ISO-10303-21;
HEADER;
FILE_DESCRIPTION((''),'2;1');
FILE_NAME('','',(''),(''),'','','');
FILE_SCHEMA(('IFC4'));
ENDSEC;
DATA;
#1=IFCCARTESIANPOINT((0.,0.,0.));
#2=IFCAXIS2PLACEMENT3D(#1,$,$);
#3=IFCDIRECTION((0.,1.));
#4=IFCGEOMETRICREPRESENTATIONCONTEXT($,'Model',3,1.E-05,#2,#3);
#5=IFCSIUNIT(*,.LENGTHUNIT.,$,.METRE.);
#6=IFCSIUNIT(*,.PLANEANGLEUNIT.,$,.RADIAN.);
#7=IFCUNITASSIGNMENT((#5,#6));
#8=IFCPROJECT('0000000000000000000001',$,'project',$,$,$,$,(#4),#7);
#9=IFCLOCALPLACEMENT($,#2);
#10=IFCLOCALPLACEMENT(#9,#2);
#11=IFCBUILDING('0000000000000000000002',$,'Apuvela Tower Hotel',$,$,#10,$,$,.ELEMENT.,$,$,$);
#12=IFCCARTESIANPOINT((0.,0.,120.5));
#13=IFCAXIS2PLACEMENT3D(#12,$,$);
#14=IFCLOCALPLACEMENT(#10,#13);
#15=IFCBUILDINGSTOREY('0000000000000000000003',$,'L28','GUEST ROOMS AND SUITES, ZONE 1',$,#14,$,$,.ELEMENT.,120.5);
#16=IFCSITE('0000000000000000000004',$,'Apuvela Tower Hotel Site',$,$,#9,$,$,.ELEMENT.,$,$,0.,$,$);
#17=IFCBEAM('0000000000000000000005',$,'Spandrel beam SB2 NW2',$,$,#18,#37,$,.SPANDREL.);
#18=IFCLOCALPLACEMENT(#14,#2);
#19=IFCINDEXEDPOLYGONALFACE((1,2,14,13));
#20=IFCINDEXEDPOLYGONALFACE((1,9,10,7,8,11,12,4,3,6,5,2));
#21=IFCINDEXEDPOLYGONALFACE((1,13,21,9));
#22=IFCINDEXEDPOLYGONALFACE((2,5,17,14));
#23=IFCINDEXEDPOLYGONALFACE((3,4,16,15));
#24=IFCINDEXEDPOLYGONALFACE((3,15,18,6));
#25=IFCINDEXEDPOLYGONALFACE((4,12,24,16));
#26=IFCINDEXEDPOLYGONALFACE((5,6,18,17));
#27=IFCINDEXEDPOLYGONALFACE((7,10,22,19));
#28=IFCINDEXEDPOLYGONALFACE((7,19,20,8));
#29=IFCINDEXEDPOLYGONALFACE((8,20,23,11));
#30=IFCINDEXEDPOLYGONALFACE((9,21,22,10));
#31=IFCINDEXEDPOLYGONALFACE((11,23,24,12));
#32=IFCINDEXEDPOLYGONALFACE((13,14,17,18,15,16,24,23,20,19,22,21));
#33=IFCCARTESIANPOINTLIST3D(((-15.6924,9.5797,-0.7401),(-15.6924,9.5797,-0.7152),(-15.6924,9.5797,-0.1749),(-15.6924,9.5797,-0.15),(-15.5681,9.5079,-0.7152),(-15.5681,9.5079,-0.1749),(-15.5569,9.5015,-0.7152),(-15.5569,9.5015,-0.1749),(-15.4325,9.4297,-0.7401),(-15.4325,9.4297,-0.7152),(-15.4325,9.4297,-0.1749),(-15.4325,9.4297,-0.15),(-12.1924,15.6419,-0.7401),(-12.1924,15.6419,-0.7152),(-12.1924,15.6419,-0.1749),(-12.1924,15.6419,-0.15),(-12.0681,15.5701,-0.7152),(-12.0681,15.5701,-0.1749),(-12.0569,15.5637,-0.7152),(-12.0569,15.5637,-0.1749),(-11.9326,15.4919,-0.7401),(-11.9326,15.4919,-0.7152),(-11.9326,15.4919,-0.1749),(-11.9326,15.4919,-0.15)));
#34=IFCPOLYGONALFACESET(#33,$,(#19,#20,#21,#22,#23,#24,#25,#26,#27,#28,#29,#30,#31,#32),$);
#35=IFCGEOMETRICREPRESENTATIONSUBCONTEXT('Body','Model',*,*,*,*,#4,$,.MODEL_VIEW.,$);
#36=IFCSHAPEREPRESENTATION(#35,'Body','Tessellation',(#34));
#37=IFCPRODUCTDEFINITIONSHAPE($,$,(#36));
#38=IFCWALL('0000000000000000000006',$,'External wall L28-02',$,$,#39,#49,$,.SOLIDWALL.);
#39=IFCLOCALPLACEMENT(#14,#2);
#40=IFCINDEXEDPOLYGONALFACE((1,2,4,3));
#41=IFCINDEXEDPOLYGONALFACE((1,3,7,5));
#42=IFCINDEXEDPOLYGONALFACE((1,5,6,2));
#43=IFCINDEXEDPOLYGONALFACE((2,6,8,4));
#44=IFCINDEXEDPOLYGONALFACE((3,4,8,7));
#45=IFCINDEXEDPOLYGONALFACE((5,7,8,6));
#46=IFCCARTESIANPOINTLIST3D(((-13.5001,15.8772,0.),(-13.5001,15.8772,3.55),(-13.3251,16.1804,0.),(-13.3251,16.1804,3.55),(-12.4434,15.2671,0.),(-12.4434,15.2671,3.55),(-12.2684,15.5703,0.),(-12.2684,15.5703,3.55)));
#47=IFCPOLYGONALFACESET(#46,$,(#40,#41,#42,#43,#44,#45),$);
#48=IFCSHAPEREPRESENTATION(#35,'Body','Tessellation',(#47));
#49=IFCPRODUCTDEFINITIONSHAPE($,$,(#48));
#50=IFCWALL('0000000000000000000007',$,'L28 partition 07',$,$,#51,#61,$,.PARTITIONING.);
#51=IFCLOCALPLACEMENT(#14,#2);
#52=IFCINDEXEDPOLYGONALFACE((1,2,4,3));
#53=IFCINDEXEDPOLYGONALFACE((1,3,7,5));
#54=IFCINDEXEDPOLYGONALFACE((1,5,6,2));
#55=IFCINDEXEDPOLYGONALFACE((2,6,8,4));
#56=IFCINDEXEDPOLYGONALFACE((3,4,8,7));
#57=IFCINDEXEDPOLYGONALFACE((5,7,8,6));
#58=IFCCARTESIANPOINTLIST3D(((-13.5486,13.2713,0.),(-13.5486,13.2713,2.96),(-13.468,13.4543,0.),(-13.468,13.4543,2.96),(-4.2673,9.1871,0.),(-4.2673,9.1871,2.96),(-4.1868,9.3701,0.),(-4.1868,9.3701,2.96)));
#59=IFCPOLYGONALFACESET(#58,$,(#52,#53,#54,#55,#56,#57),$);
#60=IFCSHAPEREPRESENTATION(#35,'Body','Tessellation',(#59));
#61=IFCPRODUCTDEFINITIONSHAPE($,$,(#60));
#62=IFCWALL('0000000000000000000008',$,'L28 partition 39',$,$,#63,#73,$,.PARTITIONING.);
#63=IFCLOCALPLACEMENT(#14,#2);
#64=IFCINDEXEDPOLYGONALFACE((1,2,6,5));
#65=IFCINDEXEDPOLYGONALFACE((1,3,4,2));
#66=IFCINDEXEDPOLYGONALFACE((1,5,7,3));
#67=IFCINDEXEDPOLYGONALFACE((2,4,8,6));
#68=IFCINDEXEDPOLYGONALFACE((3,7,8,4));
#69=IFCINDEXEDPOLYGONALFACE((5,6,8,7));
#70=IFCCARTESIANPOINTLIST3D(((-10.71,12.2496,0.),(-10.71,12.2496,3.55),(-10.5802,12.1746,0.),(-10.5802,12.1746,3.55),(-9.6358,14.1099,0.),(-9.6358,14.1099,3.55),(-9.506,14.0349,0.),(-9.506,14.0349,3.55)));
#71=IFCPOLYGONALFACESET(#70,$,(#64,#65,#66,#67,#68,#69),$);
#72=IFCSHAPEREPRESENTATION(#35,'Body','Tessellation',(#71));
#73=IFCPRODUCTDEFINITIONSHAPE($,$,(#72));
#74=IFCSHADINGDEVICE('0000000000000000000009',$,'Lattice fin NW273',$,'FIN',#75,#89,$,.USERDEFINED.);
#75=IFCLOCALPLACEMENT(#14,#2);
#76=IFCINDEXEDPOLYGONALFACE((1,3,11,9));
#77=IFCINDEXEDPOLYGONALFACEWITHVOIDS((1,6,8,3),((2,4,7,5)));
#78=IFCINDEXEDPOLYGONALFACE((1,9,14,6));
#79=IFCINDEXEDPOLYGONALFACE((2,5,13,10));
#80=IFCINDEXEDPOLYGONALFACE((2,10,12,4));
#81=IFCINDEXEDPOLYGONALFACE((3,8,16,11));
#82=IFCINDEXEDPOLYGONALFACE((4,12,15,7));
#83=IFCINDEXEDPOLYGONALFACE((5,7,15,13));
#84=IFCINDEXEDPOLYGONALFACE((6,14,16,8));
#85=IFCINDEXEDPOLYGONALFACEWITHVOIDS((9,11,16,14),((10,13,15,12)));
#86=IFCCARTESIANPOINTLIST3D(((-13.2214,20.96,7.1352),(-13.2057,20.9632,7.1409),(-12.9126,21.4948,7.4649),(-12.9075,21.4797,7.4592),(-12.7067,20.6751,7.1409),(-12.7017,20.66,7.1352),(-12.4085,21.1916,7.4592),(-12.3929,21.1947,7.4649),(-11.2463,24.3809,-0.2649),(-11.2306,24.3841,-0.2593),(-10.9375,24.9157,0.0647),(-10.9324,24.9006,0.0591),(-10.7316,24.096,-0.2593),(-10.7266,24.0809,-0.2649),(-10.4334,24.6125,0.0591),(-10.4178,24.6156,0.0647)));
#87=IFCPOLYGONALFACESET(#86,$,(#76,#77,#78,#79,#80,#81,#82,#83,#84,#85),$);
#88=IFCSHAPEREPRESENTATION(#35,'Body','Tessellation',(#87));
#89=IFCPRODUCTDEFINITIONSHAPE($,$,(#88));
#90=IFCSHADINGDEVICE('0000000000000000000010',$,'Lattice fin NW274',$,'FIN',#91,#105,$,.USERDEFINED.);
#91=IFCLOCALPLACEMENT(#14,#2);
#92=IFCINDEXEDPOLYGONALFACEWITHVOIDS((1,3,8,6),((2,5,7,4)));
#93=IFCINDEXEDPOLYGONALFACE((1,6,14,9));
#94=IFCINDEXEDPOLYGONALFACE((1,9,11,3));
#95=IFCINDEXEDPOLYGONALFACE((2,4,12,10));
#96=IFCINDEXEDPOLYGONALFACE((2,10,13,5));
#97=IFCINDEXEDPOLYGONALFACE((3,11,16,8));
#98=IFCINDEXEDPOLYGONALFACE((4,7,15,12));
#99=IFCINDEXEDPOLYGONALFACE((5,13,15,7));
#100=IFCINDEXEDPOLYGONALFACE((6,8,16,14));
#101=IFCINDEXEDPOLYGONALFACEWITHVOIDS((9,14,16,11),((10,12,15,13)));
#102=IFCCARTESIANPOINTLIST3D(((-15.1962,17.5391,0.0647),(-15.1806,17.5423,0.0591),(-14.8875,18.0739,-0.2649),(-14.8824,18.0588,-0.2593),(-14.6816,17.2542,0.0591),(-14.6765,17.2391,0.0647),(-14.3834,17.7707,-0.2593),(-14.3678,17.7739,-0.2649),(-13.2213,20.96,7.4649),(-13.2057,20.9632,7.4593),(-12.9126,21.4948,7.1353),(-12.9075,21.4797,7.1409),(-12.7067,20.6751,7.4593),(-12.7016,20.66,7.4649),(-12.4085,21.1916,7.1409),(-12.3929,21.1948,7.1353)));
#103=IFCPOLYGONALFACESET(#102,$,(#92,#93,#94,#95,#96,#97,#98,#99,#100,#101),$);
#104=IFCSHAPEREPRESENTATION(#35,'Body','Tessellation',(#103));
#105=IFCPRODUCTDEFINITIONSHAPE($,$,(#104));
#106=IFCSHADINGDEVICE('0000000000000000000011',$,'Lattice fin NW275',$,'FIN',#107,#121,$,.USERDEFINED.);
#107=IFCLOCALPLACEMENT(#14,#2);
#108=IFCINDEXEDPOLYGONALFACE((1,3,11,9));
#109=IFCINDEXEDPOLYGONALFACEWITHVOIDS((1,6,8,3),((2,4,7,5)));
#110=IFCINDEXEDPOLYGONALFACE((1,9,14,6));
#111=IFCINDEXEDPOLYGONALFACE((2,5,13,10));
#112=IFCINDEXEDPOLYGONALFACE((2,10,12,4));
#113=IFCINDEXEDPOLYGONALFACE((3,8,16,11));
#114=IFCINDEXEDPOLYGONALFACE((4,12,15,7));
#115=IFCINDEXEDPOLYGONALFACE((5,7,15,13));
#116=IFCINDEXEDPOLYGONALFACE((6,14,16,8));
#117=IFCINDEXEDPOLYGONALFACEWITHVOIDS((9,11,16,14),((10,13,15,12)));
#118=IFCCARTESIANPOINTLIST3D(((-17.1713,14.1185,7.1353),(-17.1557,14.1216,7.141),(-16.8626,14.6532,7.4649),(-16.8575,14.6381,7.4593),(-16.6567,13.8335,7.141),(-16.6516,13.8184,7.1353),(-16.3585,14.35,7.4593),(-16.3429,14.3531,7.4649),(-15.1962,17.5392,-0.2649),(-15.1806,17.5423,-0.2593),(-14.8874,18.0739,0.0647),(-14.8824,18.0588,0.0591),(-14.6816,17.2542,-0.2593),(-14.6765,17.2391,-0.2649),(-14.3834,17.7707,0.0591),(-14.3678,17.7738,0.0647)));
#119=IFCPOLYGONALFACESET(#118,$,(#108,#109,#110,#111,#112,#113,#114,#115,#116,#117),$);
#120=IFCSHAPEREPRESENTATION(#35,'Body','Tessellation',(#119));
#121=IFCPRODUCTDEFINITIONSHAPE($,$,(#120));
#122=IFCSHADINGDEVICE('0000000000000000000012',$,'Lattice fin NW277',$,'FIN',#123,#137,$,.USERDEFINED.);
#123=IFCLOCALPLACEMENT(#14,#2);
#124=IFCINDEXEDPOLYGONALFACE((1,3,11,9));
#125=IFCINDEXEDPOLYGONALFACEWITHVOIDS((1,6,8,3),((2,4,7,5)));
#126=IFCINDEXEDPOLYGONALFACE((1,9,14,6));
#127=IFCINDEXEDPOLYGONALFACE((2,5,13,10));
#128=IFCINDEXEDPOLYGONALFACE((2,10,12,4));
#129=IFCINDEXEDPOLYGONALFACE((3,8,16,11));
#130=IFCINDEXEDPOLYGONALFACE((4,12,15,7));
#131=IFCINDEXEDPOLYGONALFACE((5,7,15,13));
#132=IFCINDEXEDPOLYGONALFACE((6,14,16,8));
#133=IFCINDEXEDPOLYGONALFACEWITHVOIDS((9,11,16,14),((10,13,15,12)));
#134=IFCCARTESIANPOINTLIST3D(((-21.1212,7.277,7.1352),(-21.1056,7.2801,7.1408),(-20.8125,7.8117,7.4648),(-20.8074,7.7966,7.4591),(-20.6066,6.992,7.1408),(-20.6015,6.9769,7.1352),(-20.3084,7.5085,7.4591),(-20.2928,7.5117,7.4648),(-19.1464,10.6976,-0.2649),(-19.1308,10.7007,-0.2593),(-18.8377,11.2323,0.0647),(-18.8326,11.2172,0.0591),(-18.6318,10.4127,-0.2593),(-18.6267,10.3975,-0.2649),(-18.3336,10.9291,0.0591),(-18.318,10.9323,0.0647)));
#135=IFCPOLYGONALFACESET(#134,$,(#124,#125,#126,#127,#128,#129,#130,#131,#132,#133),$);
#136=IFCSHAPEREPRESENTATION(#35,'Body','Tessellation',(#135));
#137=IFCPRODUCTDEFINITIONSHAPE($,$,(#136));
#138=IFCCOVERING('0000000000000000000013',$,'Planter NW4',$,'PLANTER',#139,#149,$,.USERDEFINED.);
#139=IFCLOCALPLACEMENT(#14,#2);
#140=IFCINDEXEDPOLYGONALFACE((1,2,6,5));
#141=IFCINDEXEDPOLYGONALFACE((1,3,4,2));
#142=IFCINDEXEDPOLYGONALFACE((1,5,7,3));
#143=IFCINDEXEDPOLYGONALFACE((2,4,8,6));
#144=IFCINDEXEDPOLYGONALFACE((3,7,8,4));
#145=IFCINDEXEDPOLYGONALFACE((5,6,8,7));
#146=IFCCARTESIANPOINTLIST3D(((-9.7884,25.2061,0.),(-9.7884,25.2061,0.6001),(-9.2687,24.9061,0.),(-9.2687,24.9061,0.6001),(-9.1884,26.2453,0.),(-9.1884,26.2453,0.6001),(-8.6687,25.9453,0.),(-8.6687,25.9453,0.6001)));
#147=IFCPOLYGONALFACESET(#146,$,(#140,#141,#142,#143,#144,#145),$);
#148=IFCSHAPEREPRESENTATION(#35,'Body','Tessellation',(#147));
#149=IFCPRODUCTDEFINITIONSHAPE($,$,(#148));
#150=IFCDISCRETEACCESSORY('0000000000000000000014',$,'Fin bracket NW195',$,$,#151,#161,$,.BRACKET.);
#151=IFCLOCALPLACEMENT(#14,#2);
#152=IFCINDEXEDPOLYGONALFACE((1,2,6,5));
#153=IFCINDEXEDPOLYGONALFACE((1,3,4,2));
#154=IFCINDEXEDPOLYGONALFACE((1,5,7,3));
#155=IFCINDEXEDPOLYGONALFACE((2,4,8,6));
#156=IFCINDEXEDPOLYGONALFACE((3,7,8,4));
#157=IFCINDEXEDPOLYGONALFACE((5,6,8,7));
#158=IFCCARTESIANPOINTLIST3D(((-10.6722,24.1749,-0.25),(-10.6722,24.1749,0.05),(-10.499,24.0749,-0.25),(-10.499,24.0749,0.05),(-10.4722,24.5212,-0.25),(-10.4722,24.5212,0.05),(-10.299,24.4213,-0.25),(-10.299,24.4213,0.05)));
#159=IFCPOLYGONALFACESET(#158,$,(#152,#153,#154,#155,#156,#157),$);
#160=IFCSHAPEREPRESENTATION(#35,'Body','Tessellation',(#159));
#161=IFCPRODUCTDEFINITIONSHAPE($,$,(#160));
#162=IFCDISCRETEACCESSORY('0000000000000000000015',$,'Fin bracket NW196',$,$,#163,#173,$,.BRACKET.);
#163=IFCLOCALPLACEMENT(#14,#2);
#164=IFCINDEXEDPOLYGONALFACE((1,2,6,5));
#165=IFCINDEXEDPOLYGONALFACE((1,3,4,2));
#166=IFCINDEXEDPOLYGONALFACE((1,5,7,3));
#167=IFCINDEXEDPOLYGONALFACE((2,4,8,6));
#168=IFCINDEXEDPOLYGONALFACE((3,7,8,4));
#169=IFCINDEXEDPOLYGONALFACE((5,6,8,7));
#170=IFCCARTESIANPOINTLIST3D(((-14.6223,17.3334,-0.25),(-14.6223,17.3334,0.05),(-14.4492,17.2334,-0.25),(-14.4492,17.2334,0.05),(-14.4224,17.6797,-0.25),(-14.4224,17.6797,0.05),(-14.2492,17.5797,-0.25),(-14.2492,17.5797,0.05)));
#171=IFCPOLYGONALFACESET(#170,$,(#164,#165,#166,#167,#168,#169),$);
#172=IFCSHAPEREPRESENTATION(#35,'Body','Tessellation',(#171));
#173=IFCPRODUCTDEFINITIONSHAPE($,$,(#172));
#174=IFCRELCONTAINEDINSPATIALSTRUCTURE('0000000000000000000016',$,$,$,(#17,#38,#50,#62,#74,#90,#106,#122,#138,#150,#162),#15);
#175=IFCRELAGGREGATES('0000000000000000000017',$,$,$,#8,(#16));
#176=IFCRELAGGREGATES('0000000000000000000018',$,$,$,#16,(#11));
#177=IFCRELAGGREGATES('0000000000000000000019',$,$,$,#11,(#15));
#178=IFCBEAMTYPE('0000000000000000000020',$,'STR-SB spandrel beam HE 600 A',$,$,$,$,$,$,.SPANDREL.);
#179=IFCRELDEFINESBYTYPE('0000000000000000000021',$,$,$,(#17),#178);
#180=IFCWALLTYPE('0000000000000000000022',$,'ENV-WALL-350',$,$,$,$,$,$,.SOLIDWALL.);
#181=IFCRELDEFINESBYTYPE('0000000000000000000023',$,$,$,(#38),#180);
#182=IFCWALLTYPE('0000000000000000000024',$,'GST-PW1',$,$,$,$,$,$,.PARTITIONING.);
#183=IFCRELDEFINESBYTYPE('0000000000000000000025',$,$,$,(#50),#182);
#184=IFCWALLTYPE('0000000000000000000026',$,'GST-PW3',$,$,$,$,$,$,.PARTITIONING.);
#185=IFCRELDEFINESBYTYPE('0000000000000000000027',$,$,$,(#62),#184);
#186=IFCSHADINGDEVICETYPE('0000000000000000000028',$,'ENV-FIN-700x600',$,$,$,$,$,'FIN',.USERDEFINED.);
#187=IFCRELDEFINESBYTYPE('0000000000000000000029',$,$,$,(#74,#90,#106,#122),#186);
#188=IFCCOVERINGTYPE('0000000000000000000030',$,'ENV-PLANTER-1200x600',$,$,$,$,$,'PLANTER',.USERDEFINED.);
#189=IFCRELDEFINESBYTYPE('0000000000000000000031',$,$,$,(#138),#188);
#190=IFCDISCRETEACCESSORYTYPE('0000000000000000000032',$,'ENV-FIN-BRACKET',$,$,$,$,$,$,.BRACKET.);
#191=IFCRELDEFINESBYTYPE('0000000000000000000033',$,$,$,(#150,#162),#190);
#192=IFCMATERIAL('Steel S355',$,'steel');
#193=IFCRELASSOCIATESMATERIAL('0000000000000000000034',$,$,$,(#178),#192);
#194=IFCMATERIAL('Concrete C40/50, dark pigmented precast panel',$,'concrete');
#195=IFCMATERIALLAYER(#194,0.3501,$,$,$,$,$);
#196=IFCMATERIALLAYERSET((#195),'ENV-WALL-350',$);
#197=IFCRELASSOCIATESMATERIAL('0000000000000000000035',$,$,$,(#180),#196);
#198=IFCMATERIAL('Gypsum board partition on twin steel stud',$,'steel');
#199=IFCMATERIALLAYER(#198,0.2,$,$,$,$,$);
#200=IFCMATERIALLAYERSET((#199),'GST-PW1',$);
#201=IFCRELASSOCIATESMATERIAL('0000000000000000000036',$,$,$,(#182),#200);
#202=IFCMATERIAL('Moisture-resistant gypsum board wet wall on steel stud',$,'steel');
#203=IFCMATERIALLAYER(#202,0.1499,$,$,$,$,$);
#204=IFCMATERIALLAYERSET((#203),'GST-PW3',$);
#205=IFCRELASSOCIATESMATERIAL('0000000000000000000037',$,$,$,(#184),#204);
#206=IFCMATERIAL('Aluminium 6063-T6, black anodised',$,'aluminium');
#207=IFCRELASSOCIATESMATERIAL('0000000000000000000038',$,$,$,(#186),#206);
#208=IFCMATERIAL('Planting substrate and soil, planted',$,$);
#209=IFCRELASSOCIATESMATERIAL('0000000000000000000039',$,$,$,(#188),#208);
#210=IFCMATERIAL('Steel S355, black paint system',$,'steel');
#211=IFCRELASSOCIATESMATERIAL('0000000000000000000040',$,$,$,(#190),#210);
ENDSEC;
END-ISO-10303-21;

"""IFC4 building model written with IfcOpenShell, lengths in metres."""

from ifc_helpers import new_model, si_unit, direction, frame, frame_2d, origin, origin_2d, place, context, subcontext, project, spatial, rectangle, hollow_rectangle, i_section, extrude, material, layer, layer_set, material_profile, profile_set, type_object, element, save


model = new_model("IFC4")

# Units and contexts
model_context = context("Model", 3, precision=1e-05, world=origin(), true_north=direction((0.0, 1.0)))
body_context = subcontext(model_context, "Body", "Model", "MODEL_VIEW")
ifc_project = project(units=[si_unit("LENGTHUNIT", "METRE"), si_unit("PLANEANGLEUNIT", "RADIAN")], contexts=[model_context])

# Site, building, storey
site_placement = place(None, origin())
site = spatial("IfcSite", under=ifc_project, at=site_placement, Name="Apuvela Tower Hotel Site", CompositionType="ELEMENT", RefElevation=0.0)
building_placement = place(site_placement, origin())
building = spatial("IfcBuilding", under=site, at=building_placement, Name="Apuvela Tower Hotel", CompositionType="ELEMENT")
storey_placement = place(building_placement, frame((0.0, 0.0, 120.5)))
storey = spatial("IfcBuildingStorey", under=building, at=storey_placement, Name="L28", Description="GUEST ROOMS AND SUITES, ZONE 1", CompositionType="ELEMENT", Elevation=120.5)

# Beam
ifc_material_1 = material(Name="Steel S355", Category="steel")
ifc_material_profile_1 = material_profile(ifc_material_1, i_section(OverallWidth=0.3, OverallDepth=0.5901, WebThickness=0.0129, FlangeThickness=0.0249, at=origin_2d()), Name="HE 600 A")
ifc_profile_set_1 = profile_set([ifc_material_profile_1], Name="Steel S355")
beam_type_1 = type_object("IfcBeamType", Name="STR-SB spandrel beam HE 600 A", PredefinedType="SPANDREL", material=ifc_profile_set_1)
for number, where, z_axis, x_axis, name in (
    (1, (-12.0625, 15.5669, -0.4451), (-0.499995, -0.866028, 0.0), (0.866028, -0.499995, 0.0), "Spandrel beam SB2 NW2"),
):
    element("IfcBeam", number, at=place(storey_placement, frame(where, z_axis=z_axis, x_axis=x_axis)), inside=storey, type_object=beam_type_1, Name=name, PredefinedType="SPANDREL", context=body_context, shape_type="SweptSolid", body=[
        extrude(i_section(OverallWidth=0.3, OverallDepth=0.5901, WebThickness=0.0129, FlangeThickness=0.0249, at=origin_2d()), origin(), (0.0, 0.0, 1.0), 7.0),
    ])

# Wall
ifc_material_2 = material(Name="Concrete C40/50, dark pigmented precast panel", Category="concrete")
ifc_layer_1 = layer(ifc_material_2, 0.3501)
ifc_layer_set_1 = layer_set([ifc_layer_1], Name="ENV-WALL-350")
wall_type_1 = type_object("IfcWallType", Name="ENV-WALL-350", PredefinedType="SOLIDWALL", material=ifc_layer_set_1)
wall_1_placement = place(storey_placement, frame((-13.4126, 16.0288, 0.0), z_axis=(0.0, 0.0, 1.0), x_axis=(0.866006, -0.500034, 0.0)))
element("IfcWall", 2, at=wall_1_placement, inside=storey, type_object=wall_type_1, Name="External wall L28-02", PredefinedType="SOLIDWALL", context=body_context, shape_type="SweptSolid", body=[
    extrude(rectangle(XDim=1.2202, YDim=0.3501, at=frame_2d((0.6101, 0.0))), origin(), (0.0, 0.0, 1.0), 3.55),
])

# Walls
ifc_material_3 = material(Name="Gypsum board partition on twin steel stud", Category="steel")
ifc_layer_2 = layer(ifc_material_3, 0.2)
ifc_layer_set_2 = layer_set([ifc_layer_2], Name="GST-PW1")
wall_type_2 = type_object("IfcWallType", Name="GST-PW1", PredefinedType="PARTITIONING", material=ifc_layer_set_2)
wall_2_placement = place(storey_placement, frame((-13.5083, 13.3628, 0.0), z_axis=(0.0, 0.0, 1.0), x_axis=(0.915298, -0.402778, 0.0)))
element("IfcWall", 3, at=wall_2_placement, inside=storey, type_object=wall_type_2, Name="L28 partition 07", PredefinedType="PARTITIONING", context=body_context, shape_type="SweptSolid", body=[
    extrude(rectangle(XDim=10.1401, YDim=0.2, at=frame_2d((5.0701, 0.0))), origin(), (0.0, 0.0, 1.0), 2.96),
])
ifc_material_4 = material(Name="Moisture-resistant gypsum board wet wall on steel stud", Category="steel")
ifc_layer_3 = layer(ifc_material_4, 0.1499)
ifc_layer_set_3 = layer_set([ifc_layer_3], Name="GST-PW3")
wall_type_3 = type_object("IfcWallType", Name="GST-PW3", PredefinedType="PARTITIONING", material=ifc_layer_set_3)
wall_3_placement = place(storey_placement, frame((-9.5708, 14.0725, 0.0), z_axis=(0.0, 0.0, 1.0), x_axis=(-0.50005, -0.865996, 0.0)))
element("IfcWall", 4, at=wall_3_placement, inside=storey, type_object=wall_type_3, Name="L28 partition 39", PredefinedType="PARTITIONING", context=body_context, shape_type="SweptSolid", body=[
    extrude(rectangle(XDim=2.1482, YDim=0.1499, at=frame_2d((1.0742, 0.0))), origin(), (0.0, 0.0, 1.0), 3.55),
])

# Shading devices
ifc_material_5 = material(Name="Aluminium 6063-T6, black anodised", Category="aluminium")
ifc_material_profile_2 = material_profile(ifc_material_5, hollow_rectangle(XDim=0.6001, YDim=0.7, WallThickness=0.012, at=origin_2d()), Name="AL BOX 700x600x12")
ifc_profile_set_2 = profile_set([ifc_material_profile_2], Name="Aluminium 6063-T6, black anodised")
shading_device_type = type_object("IfcShadingDeviceType", Name="ENV-FIN-700x600", ElementType="FIN", PredefinedType="USERDEFINED", material=ifc_profile_set_2)
for number, where, z_axis, x_axis, name in (
    (5, (-10.832, 24.4983, -0.1001), (-0.235455, -0.407812, 0.882185), (0.866021, -0.500008, 0.0), "Lattice fin NW273"),
    (6, (-14.782, 17.6565, -0.1001), (0.235428, 0.407814, 0.882191), (-0.866048, 0.499961, 0.0), "Lattice fin NW274"),
    (7, (-14.782, 17.6565, -0.1001), (-0.235458, -0.407787, 0.882196), (0.866005, -0.500035, 0.0), "Lattice fin NW275"),
):
    element("IfcShadingDevice", number, at=place(storey_placement, frame(where, z_axis=z_axis, x_axis=x_axis)), inside=storey, type_object=shading_device_type, Name=name, ObjectType="FIN", PredefinedType="USERDEFINED", context=body_context, shape_type="SweptSolid", body=[
        extrude(hollow_rectangle(XDim=0.6001, YDim=0.7, WallThickness=0.012, at=origin_2d()), origin(), (0.0, 0.0, 1.0), 8.3884),
    ])
shading_device_placement = place(storey_placement, frame((-18.7322, 10.8149, -0.1001), z_axis=(-0.23543, -0.40779, 0.882202), x_axis=(0.866032, -0.499988, 0.0)))
element("IfcShadingDevice", 8, at=shading_device_placement, inside=storey, type_object=shading_device_type, Name="Lattice fin NW277", ObjectType="FIN", PredefinedType="USERDEFINED", context=body_context, shape_type="SweptSolid", body=[
    extrude(hollow_rectangle(XDim=0.6001, YDim=0.7, WallThickness=0.012, at=origin_2d()), origin(), (0.0, 0.0, 1.0), 8.3882),
])

# Covering
ifc_material_6 = material(Name="Planting substrate and soil, planted")
covering_type = type_object("IfcCoveringType", Name="ENV-PLANTER-1200x600", ElementType="PLANTER", PredefinedType="USERDEFINED", material=ifc_material_6)
covering_placement = place(storey_placement, frame((-9.2285, 25.5757, 0.0), z_axis=(0.0, 0.0, 1.0), x_axis=(-0.5, -0.866025, 0.0)))
element("IfcCovering", 9, at=covering_placement, inside=storey, type_object=covering_type, Name="Planter NW4", ObjectType="PLANTER", PredefinedType="USERDEFINED", context=body_context, shape_type="SweptSolid", body=[
    extrude(rectangle(XDim=1.2, YDim=0.6001, at=origin_2d()), origin(), (0.0, 0.0, 1.0), 0.6001),
])

# Discrete accessories
ifc_material_7 = material(Name="Steel S355, black paint system", Category="steel")
discrete_accessory_type = type_object("IfcDiscreteAccessoryType", Name="ENV-FIN-BRACKET", PredefinedType="BRACKET", material=ifc_material_7)
for number, where, z_axis, x_axis, name in (
    (10, (-10.4856, 24.2981, -0.25), (0.0, 0.0, 1.0), (-0.5, -0.866025, 0.0), "Fin bracket NW195"),
    (11, (-14.4358, 17.4565, -0.25), (0.0, 0.0, 1.0), (-0.5, -0.866025, 0.0), "Fin bracket NW196"),
):
    element("IfcDiscreteAccessory", number, at=place(storey_placement, frame(where, z_axis=z_axis, x_axis=x_axis)), inside=storey, type_object=discrete_accessory_type, Name=name, PredefinedType="BRACKET", context=body_context, shape_type="SweptSolid", body=[
        extrude(rectangle(XDim=0.3999, YDim=0.2, at=origin_2d()), origin(), (0.0, 0.0, 1.0), 0.3),
    ])

save(model, "model.ifc")
